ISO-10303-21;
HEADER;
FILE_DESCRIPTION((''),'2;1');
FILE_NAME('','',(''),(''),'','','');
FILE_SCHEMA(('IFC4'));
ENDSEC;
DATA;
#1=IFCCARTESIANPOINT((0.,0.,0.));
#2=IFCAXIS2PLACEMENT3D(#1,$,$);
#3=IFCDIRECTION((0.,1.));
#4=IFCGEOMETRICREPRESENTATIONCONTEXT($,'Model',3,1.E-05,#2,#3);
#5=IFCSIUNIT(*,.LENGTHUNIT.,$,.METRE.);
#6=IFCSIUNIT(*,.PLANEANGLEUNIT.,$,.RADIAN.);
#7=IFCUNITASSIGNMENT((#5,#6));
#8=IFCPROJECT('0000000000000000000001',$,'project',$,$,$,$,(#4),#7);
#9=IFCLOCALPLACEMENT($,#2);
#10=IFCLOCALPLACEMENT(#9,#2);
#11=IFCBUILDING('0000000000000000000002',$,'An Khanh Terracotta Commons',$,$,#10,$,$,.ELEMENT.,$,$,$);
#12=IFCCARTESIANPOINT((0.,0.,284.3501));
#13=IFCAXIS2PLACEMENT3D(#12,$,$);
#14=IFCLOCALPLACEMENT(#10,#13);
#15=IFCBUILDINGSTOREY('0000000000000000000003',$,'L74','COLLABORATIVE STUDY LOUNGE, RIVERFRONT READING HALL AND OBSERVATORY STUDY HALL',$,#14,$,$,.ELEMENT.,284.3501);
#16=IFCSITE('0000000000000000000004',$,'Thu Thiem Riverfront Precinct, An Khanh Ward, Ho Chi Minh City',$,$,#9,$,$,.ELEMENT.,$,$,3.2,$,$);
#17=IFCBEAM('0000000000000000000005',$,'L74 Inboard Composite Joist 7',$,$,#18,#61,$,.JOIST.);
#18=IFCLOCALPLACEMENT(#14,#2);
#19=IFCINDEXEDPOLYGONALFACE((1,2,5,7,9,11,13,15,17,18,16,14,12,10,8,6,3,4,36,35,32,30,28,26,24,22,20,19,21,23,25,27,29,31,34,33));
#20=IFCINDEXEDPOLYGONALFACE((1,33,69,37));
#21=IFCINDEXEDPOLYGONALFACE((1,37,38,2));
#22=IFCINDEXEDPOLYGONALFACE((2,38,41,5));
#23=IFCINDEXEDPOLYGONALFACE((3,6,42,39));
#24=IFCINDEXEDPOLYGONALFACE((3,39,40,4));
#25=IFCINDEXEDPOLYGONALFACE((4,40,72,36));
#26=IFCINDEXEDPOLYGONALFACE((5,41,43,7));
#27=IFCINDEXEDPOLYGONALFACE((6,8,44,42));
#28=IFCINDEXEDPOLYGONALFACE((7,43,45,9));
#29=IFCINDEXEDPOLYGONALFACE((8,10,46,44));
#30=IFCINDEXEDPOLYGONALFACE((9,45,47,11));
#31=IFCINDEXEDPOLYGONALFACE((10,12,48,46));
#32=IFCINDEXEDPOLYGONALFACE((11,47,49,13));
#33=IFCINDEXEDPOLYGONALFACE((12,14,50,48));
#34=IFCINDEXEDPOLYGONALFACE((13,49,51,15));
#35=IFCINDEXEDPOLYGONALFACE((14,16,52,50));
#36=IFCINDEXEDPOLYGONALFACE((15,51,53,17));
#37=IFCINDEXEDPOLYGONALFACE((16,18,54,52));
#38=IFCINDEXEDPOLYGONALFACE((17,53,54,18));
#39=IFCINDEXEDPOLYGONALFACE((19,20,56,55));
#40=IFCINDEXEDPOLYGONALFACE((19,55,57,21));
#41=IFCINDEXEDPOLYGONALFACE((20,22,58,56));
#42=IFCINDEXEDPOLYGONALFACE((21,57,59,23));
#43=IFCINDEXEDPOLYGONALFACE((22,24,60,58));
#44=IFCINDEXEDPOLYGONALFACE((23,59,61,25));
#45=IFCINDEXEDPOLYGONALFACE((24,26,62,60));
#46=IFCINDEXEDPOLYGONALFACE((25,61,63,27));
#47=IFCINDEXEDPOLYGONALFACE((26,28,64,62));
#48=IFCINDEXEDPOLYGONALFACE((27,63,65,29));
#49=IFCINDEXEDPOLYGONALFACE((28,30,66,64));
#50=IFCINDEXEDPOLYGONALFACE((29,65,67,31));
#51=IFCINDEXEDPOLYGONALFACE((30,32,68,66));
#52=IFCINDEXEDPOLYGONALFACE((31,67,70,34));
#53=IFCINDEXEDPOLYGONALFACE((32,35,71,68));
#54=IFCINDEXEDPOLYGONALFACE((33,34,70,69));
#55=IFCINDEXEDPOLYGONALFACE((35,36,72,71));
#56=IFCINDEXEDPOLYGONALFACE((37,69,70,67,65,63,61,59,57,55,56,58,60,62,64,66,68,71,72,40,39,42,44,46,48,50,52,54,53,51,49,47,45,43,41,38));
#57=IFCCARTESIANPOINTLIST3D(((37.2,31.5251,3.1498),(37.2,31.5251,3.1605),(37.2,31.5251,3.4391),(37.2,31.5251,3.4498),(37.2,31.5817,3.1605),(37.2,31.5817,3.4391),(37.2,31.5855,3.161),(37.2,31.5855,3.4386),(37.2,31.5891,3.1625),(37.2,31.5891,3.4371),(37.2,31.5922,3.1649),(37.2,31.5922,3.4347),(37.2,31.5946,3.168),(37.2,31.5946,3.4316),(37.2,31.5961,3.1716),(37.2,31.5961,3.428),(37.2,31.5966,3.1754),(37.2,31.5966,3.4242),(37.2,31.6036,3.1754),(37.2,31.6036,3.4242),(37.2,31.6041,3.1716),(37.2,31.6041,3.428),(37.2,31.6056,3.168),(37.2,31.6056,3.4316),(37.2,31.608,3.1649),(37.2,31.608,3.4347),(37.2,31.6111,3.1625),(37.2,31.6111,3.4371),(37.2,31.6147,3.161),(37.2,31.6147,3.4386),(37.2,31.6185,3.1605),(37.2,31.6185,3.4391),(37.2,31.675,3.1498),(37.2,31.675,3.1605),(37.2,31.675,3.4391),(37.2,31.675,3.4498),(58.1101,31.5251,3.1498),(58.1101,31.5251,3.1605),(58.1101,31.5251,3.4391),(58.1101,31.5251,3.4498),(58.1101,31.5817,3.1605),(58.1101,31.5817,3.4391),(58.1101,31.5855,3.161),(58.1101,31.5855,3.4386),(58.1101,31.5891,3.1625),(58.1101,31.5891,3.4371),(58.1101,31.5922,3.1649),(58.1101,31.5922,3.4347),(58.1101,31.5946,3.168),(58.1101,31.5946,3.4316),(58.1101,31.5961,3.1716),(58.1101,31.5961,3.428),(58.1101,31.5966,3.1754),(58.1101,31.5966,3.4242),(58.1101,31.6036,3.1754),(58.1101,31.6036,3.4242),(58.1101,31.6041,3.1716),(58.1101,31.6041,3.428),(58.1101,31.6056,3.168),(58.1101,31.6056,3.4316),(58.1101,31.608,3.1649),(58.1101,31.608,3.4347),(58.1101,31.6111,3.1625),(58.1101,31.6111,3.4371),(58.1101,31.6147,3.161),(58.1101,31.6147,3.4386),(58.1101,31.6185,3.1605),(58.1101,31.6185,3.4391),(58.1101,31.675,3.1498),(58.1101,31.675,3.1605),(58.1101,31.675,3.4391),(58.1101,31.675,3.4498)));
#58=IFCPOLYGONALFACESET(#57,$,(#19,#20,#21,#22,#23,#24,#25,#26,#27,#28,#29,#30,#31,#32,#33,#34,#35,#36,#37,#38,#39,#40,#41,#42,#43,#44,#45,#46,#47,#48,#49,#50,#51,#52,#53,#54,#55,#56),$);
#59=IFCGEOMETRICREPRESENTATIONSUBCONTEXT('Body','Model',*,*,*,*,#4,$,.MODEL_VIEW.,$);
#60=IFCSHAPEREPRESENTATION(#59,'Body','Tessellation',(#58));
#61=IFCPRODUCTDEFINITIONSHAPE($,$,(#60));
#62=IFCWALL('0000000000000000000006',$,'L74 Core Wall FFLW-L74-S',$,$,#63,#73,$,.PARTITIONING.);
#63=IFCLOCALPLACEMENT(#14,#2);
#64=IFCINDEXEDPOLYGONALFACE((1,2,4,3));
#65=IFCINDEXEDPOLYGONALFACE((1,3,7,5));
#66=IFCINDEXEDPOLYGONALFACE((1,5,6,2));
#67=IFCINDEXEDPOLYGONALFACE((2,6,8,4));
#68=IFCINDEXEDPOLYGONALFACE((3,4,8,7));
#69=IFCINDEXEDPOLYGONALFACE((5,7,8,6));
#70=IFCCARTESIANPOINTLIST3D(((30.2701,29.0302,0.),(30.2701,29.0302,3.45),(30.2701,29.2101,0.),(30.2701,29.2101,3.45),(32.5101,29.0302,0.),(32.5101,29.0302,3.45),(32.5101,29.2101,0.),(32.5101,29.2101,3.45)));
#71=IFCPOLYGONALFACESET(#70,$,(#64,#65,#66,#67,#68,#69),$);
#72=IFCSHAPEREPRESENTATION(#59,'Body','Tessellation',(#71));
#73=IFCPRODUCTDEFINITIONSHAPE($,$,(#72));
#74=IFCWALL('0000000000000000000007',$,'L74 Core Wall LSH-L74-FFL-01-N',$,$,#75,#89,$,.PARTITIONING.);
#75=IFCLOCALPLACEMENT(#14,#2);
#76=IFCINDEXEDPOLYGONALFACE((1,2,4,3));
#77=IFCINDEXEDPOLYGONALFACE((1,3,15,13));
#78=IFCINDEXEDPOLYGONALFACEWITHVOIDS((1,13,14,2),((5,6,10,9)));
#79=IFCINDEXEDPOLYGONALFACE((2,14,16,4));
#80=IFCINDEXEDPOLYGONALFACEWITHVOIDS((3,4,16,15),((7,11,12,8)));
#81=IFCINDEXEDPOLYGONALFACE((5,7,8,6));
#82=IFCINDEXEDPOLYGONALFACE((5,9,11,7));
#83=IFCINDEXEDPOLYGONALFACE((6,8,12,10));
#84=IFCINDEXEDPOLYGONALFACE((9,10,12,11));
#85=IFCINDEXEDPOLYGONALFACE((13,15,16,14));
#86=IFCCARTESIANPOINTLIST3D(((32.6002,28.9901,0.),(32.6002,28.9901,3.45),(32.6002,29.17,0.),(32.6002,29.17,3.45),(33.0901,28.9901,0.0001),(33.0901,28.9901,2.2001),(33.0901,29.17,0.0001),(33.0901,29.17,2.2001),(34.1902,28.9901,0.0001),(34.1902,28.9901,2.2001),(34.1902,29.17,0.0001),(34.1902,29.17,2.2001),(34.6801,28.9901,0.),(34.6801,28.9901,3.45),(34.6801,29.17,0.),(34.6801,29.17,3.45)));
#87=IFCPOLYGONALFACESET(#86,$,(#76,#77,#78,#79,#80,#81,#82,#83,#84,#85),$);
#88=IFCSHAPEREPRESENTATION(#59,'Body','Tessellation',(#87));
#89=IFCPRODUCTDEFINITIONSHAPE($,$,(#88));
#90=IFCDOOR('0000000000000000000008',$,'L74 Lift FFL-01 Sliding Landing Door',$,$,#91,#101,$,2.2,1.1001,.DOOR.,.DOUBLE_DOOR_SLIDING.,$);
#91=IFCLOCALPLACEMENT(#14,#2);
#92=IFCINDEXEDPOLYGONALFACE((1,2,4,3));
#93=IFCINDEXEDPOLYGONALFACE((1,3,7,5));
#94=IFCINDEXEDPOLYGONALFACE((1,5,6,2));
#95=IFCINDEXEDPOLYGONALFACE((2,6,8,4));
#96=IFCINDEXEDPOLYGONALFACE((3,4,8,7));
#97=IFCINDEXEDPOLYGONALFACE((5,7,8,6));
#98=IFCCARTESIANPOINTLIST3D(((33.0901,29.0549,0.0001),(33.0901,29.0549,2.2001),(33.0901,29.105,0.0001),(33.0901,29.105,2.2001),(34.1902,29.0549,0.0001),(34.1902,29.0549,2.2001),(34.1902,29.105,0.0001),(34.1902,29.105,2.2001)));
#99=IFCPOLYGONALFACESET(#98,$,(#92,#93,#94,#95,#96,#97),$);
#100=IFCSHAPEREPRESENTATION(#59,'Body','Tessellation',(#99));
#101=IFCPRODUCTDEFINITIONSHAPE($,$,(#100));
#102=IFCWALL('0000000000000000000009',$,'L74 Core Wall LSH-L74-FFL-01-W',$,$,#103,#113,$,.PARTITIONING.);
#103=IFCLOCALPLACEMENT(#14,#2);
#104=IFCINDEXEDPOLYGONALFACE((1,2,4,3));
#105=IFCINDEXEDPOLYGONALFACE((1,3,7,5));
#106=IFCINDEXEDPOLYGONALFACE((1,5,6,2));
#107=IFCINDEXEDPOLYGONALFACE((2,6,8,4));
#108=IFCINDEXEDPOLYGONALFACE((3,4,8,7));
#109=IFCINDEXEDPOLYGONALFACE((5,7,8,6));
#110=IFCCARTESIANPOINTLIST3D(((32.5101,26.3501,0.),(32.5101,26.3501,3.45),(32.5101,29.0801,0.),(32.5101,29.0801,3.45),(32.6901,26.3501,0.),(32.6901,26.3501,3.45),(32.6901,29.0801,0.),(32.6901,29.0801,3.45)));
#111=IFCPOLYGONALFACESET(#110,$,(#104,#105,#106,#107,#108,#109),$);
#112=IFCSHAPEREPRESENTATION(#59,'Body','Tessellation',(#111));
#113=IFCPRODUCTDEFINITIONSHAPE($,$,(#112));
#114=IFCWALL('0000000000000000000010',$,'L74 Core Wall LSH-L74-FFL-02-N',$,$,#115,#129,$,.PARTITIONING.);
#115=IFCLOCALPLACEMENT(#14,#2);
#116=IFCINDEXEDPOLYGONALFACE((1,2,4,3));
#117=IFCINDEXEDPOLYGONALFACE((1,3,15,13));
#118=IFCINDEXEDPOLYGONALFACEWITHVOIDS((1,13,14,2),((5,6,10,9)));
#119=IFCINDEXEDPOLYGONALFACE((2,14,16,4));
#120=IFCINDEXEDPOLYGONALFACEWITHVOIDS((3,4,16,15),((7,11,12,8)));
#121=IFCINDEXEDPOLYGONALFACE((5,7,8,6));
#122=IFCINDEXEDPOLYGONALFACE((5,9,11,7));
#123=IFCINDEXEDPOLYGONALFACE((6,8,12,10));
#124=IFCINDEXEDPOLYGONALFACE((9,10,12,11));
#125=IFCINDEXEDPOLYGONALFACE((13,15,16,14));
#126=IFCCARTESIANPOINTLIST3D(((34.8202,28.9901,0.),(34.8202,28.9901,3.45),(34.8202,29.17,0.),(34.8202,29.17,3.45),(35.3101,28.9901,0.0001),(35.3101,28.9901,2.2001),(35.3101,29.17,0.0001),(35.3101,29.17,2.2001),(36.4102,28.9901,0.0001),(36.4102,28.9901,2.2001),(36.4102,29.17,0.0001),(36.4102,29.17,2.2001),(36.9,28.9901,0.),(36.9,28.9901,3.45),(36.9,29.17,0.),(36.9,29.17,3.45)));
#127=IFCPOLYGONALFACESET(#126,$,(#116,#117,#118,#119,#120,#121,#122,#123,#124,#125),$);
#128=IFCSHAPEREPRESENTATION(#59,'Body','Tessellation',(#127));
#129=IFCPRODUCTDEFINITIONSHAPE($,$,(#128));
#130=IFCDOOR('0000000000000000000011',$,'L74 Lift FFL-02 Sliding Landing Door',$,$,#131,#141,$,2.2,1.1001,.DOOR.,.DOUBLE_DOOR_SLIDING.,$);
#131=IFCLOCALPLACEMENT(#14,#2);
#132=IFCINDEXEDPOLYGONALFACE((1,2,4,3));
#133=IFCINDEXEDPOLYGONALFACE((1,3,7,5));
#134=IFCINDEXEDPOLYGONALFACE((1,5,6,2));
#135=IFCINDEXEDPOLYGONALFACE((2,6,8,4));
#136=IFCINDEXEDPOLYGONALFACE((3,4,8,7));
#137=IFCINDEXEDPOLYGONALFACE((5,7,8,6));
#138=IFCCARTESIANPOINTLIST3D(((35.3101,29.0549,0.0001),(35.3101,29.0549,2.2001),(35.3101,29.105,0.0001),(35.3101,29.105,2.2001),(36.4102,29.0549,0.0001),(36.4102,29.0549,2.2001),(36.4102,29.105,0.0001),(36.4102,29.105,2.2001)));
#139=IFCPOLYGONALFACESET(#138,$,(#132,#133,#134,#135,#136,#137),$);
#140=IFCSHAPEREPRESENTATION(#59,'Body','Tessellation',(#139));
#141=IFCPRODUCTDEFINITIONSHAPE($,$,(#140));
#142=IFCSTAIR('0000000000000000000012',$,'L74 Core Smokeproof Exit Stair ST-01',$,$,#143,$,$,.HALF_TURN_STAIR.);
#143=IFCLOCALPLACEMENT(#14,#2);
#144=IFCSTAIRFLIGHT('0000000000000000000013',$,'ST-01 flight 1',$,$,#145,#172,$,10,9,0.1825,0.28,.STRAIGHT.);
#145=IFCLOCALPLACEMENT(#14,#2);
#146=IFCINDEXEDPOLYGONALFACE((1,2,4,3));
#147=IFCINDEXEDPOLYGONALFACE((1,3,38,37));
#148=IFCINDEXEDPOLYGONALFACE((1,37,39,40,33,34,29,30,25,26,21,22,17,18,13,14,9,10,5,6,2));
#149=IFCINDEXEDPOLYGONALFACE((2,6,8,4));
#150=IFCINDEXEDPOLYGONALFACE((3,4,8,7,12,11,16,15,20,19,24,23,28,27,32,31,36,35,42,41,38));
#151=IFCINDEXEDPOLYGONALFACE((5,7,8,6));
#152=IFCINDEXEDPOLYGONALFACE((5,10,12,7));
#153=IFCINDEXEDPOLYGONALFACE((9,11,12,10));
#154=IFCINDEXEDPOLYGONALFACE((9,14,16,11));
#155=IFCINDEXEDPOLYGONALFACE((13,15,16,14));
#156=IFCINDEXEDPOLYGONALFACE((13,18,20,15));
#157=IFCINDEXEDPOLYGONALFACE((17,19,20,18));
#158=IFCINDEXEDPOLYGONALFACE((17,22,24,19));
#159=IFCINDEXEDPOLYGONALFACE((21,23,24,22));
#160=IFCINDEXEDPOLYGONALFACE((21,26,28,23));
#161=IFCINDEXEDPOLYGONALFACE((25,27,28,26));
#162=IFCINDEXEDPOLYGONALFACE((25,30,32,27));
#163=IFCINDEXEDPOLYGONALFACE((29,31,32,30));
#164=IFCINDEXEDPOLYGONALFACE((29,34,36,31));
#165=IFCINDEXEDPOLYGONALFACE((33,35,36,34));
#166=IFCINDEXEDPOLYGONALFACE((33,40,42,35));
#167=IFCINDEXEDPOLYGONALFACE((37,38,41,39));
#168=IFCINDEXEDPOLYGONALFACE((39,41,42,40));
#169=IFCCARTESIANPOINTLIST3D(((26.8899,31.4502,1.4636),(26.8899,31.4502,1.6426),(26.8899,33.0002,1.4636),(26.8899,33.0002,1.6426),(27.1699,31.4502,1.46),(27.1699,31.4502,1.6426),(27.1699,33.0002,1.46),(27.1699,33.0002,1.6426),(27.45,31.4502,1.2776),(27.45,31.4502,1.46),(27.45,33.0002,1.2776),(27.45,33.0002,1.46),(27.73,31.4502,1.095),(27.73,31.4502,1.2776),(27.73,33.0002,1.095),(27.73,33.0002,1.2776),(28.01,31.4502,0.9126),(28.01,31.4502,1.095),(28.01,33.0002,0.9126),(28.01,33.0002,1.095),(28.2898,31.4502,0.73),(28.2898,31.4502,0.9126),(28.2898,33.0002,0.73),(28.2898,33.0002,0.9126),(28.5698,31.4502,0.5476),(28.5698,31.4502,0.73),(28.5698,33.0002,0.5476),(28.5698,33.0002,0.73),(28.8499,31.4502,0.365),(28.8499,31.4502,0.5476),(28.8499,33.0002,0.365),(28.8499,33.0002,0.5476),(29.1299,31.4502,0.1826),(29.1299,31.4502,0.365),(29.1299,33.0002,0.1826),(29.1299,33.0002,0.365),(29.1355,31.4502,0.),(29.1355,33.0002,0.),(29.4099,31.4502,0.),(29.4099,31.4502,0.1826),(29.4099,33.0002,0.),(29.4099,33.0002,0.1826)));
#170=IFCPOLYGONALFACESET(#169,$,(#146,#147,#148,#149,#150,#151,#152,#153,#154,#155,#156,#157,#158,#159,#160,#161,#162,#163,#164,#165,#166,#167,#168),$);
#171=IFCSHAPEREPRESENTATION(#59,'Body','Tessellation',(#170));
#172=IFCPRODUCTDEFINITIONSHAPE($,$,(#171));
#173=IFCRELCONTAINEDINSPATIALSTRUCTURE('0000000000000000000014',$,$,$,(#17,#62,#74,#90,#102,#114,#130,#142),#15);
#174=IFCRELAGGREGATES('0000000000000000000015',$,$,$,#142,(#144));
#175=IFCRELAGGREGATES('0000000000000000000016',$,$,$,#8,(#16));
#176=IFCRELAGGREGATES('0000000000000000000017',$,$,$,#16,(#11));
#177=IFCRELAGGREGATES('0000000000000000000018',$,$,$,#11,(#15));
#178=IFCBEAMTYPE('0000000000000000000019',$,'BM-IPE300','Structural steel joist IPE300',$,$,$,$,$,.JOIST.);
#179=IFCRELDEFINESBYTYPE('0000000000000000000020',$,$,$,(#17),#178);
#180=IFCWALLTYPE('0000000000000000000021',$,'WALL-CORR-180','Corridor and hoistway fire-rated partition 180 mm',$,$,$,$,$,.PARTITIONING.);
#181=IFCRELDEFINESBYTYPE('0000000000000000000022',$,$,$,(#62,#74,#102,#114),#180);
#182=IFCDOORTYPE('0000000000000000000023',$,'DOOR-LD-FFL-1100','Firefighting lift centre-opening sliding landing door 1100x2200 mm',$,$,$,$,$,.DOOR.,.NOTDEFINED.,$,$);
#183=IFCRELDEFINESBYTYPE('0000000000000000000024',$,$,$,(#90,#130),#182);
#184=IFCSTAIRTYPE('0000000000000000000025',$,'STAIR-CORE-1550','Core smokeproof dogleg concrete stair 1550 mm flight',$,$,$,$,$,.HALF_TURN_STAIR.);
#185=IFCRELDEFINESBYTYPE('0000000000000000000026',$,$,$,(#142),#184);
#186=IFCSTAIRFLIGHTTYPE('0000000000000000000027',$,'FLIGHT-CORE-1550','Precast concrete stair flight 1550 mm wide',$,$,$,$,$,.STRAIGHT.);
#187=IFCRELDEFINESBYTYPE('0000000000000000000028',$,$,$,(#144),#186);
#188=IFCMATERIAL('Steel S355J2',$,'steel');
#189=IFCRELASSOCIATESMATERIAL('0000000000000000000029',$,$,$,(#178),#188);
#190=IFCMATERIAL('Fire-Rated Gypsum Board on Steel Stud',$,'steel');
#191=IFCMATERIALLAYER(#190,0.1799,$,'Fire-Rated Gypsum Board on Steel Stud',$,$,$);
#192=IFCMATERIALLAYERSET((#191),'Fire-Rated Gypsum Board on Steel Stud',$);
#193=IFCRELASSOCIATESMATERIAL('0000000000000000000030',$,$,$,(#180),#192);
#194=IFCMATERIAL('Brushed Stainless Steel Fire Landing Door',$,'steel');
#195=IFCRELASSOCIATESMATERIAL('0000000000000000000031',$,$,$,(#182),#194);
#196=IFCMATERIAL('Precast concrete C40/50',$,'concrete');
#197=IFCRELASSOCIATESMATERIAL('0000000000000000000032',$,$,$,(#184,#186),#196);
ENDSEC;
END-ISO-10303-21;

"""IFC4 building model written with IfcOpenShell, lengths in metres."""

from ifc_helpers import new_model, si_unit, direction, frame, frame_2d, origin, origin_2d, place, context, subcontext, project, spatial, polyline, rectangle, i_section, outline, extrude, material, layer, layer_set, material_profile, profile_set, type_object, element, fill, aggregate, save


model = new_model("IFC4")

# Units and contexts
model_context = context("Model", 3, precision=1e-05, world=origin(), true_north=direction((0.0, 1.0)))
body_context = subcontext(model_context, "Body", "Model", "MODEL_VIEW")
ifc_project = project(units=[si_unit("LENGTHUNIT", "METRE"), si_unit("PLANEANGLEUNIT", "RADIAN")], contexts=[model_context])

# Site, building, storey
site_placement = place(None, origin())
site = spatial("IfcSite", under=ifc_project, at=site_placement, Name="Thu Thiem Riverfront Precinct, An Khanh Ward, Ho Chi Minh City", CompositionType="ELEMENT", RefElevation=3.2)
building_placement = place(site_placement, origin())
building = spatial("IfcBuilding", under=site, at=building_placement, Name="An Khanh Terracotta Commons", CompositionType="ELEMENT")
storey_placement = place(building_placement, frame((0.0, 0.0, 284.3501)))
storey = spatial("IfcBuildingStorey", under=building, at=storey_placement, Name="L74", Description="COLLABORATIVE STUDY LOUNGE, RIVERFRONT READING HALL AND OBSERVATORY STUDY HALL", CompositionType="ELEMENT", Elevation=284.3501)

# Beam
ifc_material_1 = material(Name="Steel S355J2", Category="steel")
ifc_material_profile_1 = material_profile(ifc_material_1, i_section(OverallWidth=0.1499, OverallDepth=0.3, WebThickness=0.0071, FlangeThickness=0.0107, FilletRadius=0.0149, at=origin_2d()), Name="IPE300")
ifc_profile_set_1 = profile_set([ifc_material_profile_1], Name="Steel S355J2")
beam_type_1 = type_object("IfcBeamType", Name="BM-IPE300", Description="Structural steel joist IPE300", PredefinedType="JOIST", material=ifc_profile_set_1)
for number, where, z_axis, x_axis, name in (
    (1, (37.2, 31.6001, 3.2998), (1.0, 0.0, 0.0), (0.0, 1.0, 0.0), "L74 Inboard Composite Joist 7"),
):
    element("IfcBeam", number, at=place(storey_placement, frame(where, z_axis=z_axis, x_axis=x_axis)), inside=storey, type_object=beam_type_1, Name=name, PredefinedType="JOIST", context=body_context, shape_type="SweptSolid", body=[
        extrude(i_section(OverallWidth=0.1499, OverallDepth=0.3, WebThickness=0.0071, FlangeThickness=0.0107, FilletRadius=0.0149, at=origin_2d()), origin(), (0.0, 0.0, 1.0), 20.9102),
    ])

# Wall
ifc_material_2 = material(Name="Fire-Rated Gypsum Board on Steel Stud", Category="steel")
ifc_layer_1 = layer(ifc_material_2, 0.1799, Name="Fire-Rated Gypsum Board on Steel Stud")
ifc_layer_set_1 = layer_set([ifc_layer_1], Name="Fire-Rated Gypsum Board on Steel Stud")
wall_type_1 = type_object("IfcWallType", Name="WALL-CORR-180", Description="Corridor and hoistway fire-rated partition 180 mm", PredefinedType="PARTITIONING", material=ifc_layer_set_1)
wall_1_placement = place(storey_placement, frame((30.27, 29.1201, 0.0), z_axis=(0.0, 0.0, 1.0), x_axis=(1.0, 0.0, 0.0)))
element("IfcWall", 2, at=wall_1_placement, inside=storey, type_object=wall_type_1, Name="L74 Core Wall FFLW-L74-S", PredefinedType="PARTITIONING", context=body_context, shape_type="SweptSolid", body=[
    extrude(rectangle(XDim=2.24, YDim=0.1799, at=frame_2d((1.1201, 0.0))), origin(), (0.0, 0.0, 1.0), 3.45),
])

# Wall, opening, door
wall_2_placement = place(storey_placement, frame((32.6001, 29.0801, 0.0), z_axis=(0.0, 0.0, 1.0), x_axis=(1.0, 0.0, 0.0)))
wall_2 = element("IfcWall", 3, at=wall_2_placement, inside=storey, type_object=wall_type_1, Name="L74 Core Wall LSH-L74-FFL-01-N", PredefinedType="PARTITIONING", context=body_context, shape_type="SweptSolid", body=[
    extrude(rectangle(XDim=2.0798, YDim=0.1799, at=frame_2d((1.04, 0.0))), origin(), (0.0, 0.0, 1.0), 3.45),
])
opening_1_placement = place(wall_2_placement, frame((0.49, 0.0, 0.0)))
opening_1 = element("IfcOpeningElement", 4, at=opening_1_placement, cuts=wall_2, PredefinedType="OPENING", context=body_context, shape_type="SweptSolid", body=[
    extrude(rectangle(XDim=1.1001, YDim=2.2, at=frame_2d((0.55, 1.1001))), frame((0.0, 0.0999, 0.0), z_axis=(0.0, -1.0, 0.0), x_axis=(1.0, 0.0, 0.0)), (0.0, 0.0, 1.0), 0.2),
])
ifc_material_3 = material(Name="Brushed Stainless Steel Fire Landing Door", Category="steel")
door_type_1 = type_object("IfcDoorType", Name="DOOR-LD-FFL-1100", Description="Firefighting lift centre-opening sliding landing door 1100x2200 mm", OperationType="NOTDEFINED", PredefinedType="DOOR", material=ifc_material_3)
door_1_placement = place(opening_1_placement, origin())
door_1 = element("IfcDoor", 5, at=door_1_placement, inside=storey, type_object=door_type_1, Name="L74 Lift FFL-01 Sliding Landing Door", OperationType="DOUBLE_DOOR_SLIDING", OverallHeight=2.2, OverallWidth=1.1001, PredefinedType="DOOR", context=body_context, shape_type="SweptSolid", body=[
    extrude(rectangle(XDim=1.1001, YDim=2.2, at=frame_2d((0.55, 1.1001))), frame((0.0, 0.0249, 0.0), z_axis=(0.0, -1.0, 0.0), x_axis=(1.0, 0.0, 0.0)), (0.0, 0.0, 1.0), 0.05),
])
fill(opening_1, door_1)

# Wall
wall_3_placement = place(storey_placement, frame((32.6001, 29.0801, 0.0), z_axis=(0.0, 0.0, 1.0), x_axis=(0.0, -1.0, 0.0)))
element("IfcWall", 6, at=wall_3_placement, inside=storey, type_object=wall_type_1, Name="L74 Core Wall LSH-L74-FFL-01-W", PredefinedType="PARTITIONING", context=body_context, shape_type="SweptSolid", body=[
    extrude(rectangle(XDim=2.73, YDim=0.1799, at=frame_2d((1.365, 0.0))), origin(), (0.0, 0.0, 1.0), 3.45),
])

# Wall, opening, door
wall_4_placement = place(storey_placement, frame((34.8201, 29.0801, 0.0), z_axis=(0.0, 0.0, 1.0), x_axis=(1.0, 0.0, 0.0)))
wall_4 = element("IfcWall", 7, at=wall_4_placement, inside=storey, type_object=wall_type_1, Name="L74 Core Wall LSH-L74-FFL-02-N", PredefinedType="PARTITIONING", context=body_context, shape_type="SweptSolid", body=[
    extrude(rectangle(XDim=2.0798, YDim=0.1799, at=frame_2d((1.04, 0.0))), origin(), (0.0, 0.0, 1.0), 3.45),
])
opening_2_placement = place(wall_4_placement, frame((0.49, 0.0, 0.0)))
opening_2 = element("IfcOpeningElement", 8, at=opening_2_placement, cuts=wall_4, PredefinedType="OPENING", context=body_context, shape_type="SweptSolid", body=[
    extrude(rectangle(XDim=1.1001, YDim=2.2, at=frame_2d((0.55, 1.1001))), frame((0.0, 0.0999, 0.0), z_axis=(0.0, -1.0, 0.0), x_axis=(1.0, 0.0, 0.0)), (0.0, 0.0, 1.0), 0.2),
])
door_2_placement = place(opening_2_placement, origin())
door_2 = element("IfcDoor", 9, at=door_2_placement, inside=storey, type_object=door_type_1, Name="L74 Lift FFL-02 Sliding Landing Door", OperationType="DOUBLE_DOOR_SLIDING", OverallHeight=2.2, OverallWidth=1.1001, PredefinedType="DOOR", context=body_context, shape_type="SweptSolid", body=[
    extrude(rectangle(XDim=1.1001, YDim=2.2, at=frame_2d((0.55, 1.1001))), frame((0.0, 0.0249, 0.0), z_axis=(0.0, -1.0, 0.0), x_axis=(1.0, 0.0, 0.0)), (0.0, 0.0, 1.0), 0.05),
])
fill(opening_2, door_2)

# Stair, stair flight
ifc_material_4 = material(Name="Precast concrete C40/50", Category="concrete")
stair_type = type_object("IfcStairType", Name="STAIR-CORE-1550", Description="Core smokeproof dogleg concrete stair 1550 mm flight", PredefinedType="HALF_TURN_STAIR", material=ifc_material_4)
stair_placement = place(storey_placement, origin())
stair = element("IfcStair", 10, at=stair_placement, inside=storey, type_object=stair_type, Name="L74 Core Smokeproof Exit Stair ST-01", PredefinedType="HALF_TURN_STAIR")
stair_flight_type = type_object("IfcStairFlightType", Name="FLIGHT-CORE-1550", Description="Precast concrete stair flight 1550 mm wide", PredefinedType="STRAIGHT", material=ifc_material_4)
stair_flight_placement = place(storey_placement, frame((29.4099, 32.2251, 0.0), z_axis=(0.0, 0.0, 1.0), x_axis=(-1.0, 0.0, 0.0)))
stair_flight = element("IfcStairFlight", 11, at=stair_flight_placement, type_object=stair_flight_type, Name="ST-01 flight 1", NumberOfRisers=10, NumberOfTreads=9, PredefinedType="STRAIGHT", RiserHeight=0.1825, TreadLength=0.28, context=body_context, shape_type="SweptSolid", body=[
    extrude(outline(polyline([(0.0, 0.0), (0.0, 0.1826), (0.28, 0.1826), (0.28, 0.365), (0.5601, 0.365), (0.5601, 0.5476), (0.8401, 0.5476), (0.8401, 0.73), (1.1201, 0.73), (1.1201, 0.9126), (1.3999, 0.9126), (1.3999, 1.095), (1.6799, 1.095), (1.6799, 1.2776), (1.96, 1.2776), (1.96, 1.46), (2.24, 1.46), (2.24, 1.6426), (2.52, 1.6426), (2.52, 1.825), (2.52, 1.4636), (0.2744, 0.0), (0.0, 0.0)])), frame((0.0, 0.7749, 0.0), z_axis=(0.0, -1.0, 0.0), x_axis=(1.0, 0.0, 0.0)), (0.0, 0.0, 1.0), 1.55),
])
aggregate(stair, [stair_flight])

save(model, "model.ifc")
